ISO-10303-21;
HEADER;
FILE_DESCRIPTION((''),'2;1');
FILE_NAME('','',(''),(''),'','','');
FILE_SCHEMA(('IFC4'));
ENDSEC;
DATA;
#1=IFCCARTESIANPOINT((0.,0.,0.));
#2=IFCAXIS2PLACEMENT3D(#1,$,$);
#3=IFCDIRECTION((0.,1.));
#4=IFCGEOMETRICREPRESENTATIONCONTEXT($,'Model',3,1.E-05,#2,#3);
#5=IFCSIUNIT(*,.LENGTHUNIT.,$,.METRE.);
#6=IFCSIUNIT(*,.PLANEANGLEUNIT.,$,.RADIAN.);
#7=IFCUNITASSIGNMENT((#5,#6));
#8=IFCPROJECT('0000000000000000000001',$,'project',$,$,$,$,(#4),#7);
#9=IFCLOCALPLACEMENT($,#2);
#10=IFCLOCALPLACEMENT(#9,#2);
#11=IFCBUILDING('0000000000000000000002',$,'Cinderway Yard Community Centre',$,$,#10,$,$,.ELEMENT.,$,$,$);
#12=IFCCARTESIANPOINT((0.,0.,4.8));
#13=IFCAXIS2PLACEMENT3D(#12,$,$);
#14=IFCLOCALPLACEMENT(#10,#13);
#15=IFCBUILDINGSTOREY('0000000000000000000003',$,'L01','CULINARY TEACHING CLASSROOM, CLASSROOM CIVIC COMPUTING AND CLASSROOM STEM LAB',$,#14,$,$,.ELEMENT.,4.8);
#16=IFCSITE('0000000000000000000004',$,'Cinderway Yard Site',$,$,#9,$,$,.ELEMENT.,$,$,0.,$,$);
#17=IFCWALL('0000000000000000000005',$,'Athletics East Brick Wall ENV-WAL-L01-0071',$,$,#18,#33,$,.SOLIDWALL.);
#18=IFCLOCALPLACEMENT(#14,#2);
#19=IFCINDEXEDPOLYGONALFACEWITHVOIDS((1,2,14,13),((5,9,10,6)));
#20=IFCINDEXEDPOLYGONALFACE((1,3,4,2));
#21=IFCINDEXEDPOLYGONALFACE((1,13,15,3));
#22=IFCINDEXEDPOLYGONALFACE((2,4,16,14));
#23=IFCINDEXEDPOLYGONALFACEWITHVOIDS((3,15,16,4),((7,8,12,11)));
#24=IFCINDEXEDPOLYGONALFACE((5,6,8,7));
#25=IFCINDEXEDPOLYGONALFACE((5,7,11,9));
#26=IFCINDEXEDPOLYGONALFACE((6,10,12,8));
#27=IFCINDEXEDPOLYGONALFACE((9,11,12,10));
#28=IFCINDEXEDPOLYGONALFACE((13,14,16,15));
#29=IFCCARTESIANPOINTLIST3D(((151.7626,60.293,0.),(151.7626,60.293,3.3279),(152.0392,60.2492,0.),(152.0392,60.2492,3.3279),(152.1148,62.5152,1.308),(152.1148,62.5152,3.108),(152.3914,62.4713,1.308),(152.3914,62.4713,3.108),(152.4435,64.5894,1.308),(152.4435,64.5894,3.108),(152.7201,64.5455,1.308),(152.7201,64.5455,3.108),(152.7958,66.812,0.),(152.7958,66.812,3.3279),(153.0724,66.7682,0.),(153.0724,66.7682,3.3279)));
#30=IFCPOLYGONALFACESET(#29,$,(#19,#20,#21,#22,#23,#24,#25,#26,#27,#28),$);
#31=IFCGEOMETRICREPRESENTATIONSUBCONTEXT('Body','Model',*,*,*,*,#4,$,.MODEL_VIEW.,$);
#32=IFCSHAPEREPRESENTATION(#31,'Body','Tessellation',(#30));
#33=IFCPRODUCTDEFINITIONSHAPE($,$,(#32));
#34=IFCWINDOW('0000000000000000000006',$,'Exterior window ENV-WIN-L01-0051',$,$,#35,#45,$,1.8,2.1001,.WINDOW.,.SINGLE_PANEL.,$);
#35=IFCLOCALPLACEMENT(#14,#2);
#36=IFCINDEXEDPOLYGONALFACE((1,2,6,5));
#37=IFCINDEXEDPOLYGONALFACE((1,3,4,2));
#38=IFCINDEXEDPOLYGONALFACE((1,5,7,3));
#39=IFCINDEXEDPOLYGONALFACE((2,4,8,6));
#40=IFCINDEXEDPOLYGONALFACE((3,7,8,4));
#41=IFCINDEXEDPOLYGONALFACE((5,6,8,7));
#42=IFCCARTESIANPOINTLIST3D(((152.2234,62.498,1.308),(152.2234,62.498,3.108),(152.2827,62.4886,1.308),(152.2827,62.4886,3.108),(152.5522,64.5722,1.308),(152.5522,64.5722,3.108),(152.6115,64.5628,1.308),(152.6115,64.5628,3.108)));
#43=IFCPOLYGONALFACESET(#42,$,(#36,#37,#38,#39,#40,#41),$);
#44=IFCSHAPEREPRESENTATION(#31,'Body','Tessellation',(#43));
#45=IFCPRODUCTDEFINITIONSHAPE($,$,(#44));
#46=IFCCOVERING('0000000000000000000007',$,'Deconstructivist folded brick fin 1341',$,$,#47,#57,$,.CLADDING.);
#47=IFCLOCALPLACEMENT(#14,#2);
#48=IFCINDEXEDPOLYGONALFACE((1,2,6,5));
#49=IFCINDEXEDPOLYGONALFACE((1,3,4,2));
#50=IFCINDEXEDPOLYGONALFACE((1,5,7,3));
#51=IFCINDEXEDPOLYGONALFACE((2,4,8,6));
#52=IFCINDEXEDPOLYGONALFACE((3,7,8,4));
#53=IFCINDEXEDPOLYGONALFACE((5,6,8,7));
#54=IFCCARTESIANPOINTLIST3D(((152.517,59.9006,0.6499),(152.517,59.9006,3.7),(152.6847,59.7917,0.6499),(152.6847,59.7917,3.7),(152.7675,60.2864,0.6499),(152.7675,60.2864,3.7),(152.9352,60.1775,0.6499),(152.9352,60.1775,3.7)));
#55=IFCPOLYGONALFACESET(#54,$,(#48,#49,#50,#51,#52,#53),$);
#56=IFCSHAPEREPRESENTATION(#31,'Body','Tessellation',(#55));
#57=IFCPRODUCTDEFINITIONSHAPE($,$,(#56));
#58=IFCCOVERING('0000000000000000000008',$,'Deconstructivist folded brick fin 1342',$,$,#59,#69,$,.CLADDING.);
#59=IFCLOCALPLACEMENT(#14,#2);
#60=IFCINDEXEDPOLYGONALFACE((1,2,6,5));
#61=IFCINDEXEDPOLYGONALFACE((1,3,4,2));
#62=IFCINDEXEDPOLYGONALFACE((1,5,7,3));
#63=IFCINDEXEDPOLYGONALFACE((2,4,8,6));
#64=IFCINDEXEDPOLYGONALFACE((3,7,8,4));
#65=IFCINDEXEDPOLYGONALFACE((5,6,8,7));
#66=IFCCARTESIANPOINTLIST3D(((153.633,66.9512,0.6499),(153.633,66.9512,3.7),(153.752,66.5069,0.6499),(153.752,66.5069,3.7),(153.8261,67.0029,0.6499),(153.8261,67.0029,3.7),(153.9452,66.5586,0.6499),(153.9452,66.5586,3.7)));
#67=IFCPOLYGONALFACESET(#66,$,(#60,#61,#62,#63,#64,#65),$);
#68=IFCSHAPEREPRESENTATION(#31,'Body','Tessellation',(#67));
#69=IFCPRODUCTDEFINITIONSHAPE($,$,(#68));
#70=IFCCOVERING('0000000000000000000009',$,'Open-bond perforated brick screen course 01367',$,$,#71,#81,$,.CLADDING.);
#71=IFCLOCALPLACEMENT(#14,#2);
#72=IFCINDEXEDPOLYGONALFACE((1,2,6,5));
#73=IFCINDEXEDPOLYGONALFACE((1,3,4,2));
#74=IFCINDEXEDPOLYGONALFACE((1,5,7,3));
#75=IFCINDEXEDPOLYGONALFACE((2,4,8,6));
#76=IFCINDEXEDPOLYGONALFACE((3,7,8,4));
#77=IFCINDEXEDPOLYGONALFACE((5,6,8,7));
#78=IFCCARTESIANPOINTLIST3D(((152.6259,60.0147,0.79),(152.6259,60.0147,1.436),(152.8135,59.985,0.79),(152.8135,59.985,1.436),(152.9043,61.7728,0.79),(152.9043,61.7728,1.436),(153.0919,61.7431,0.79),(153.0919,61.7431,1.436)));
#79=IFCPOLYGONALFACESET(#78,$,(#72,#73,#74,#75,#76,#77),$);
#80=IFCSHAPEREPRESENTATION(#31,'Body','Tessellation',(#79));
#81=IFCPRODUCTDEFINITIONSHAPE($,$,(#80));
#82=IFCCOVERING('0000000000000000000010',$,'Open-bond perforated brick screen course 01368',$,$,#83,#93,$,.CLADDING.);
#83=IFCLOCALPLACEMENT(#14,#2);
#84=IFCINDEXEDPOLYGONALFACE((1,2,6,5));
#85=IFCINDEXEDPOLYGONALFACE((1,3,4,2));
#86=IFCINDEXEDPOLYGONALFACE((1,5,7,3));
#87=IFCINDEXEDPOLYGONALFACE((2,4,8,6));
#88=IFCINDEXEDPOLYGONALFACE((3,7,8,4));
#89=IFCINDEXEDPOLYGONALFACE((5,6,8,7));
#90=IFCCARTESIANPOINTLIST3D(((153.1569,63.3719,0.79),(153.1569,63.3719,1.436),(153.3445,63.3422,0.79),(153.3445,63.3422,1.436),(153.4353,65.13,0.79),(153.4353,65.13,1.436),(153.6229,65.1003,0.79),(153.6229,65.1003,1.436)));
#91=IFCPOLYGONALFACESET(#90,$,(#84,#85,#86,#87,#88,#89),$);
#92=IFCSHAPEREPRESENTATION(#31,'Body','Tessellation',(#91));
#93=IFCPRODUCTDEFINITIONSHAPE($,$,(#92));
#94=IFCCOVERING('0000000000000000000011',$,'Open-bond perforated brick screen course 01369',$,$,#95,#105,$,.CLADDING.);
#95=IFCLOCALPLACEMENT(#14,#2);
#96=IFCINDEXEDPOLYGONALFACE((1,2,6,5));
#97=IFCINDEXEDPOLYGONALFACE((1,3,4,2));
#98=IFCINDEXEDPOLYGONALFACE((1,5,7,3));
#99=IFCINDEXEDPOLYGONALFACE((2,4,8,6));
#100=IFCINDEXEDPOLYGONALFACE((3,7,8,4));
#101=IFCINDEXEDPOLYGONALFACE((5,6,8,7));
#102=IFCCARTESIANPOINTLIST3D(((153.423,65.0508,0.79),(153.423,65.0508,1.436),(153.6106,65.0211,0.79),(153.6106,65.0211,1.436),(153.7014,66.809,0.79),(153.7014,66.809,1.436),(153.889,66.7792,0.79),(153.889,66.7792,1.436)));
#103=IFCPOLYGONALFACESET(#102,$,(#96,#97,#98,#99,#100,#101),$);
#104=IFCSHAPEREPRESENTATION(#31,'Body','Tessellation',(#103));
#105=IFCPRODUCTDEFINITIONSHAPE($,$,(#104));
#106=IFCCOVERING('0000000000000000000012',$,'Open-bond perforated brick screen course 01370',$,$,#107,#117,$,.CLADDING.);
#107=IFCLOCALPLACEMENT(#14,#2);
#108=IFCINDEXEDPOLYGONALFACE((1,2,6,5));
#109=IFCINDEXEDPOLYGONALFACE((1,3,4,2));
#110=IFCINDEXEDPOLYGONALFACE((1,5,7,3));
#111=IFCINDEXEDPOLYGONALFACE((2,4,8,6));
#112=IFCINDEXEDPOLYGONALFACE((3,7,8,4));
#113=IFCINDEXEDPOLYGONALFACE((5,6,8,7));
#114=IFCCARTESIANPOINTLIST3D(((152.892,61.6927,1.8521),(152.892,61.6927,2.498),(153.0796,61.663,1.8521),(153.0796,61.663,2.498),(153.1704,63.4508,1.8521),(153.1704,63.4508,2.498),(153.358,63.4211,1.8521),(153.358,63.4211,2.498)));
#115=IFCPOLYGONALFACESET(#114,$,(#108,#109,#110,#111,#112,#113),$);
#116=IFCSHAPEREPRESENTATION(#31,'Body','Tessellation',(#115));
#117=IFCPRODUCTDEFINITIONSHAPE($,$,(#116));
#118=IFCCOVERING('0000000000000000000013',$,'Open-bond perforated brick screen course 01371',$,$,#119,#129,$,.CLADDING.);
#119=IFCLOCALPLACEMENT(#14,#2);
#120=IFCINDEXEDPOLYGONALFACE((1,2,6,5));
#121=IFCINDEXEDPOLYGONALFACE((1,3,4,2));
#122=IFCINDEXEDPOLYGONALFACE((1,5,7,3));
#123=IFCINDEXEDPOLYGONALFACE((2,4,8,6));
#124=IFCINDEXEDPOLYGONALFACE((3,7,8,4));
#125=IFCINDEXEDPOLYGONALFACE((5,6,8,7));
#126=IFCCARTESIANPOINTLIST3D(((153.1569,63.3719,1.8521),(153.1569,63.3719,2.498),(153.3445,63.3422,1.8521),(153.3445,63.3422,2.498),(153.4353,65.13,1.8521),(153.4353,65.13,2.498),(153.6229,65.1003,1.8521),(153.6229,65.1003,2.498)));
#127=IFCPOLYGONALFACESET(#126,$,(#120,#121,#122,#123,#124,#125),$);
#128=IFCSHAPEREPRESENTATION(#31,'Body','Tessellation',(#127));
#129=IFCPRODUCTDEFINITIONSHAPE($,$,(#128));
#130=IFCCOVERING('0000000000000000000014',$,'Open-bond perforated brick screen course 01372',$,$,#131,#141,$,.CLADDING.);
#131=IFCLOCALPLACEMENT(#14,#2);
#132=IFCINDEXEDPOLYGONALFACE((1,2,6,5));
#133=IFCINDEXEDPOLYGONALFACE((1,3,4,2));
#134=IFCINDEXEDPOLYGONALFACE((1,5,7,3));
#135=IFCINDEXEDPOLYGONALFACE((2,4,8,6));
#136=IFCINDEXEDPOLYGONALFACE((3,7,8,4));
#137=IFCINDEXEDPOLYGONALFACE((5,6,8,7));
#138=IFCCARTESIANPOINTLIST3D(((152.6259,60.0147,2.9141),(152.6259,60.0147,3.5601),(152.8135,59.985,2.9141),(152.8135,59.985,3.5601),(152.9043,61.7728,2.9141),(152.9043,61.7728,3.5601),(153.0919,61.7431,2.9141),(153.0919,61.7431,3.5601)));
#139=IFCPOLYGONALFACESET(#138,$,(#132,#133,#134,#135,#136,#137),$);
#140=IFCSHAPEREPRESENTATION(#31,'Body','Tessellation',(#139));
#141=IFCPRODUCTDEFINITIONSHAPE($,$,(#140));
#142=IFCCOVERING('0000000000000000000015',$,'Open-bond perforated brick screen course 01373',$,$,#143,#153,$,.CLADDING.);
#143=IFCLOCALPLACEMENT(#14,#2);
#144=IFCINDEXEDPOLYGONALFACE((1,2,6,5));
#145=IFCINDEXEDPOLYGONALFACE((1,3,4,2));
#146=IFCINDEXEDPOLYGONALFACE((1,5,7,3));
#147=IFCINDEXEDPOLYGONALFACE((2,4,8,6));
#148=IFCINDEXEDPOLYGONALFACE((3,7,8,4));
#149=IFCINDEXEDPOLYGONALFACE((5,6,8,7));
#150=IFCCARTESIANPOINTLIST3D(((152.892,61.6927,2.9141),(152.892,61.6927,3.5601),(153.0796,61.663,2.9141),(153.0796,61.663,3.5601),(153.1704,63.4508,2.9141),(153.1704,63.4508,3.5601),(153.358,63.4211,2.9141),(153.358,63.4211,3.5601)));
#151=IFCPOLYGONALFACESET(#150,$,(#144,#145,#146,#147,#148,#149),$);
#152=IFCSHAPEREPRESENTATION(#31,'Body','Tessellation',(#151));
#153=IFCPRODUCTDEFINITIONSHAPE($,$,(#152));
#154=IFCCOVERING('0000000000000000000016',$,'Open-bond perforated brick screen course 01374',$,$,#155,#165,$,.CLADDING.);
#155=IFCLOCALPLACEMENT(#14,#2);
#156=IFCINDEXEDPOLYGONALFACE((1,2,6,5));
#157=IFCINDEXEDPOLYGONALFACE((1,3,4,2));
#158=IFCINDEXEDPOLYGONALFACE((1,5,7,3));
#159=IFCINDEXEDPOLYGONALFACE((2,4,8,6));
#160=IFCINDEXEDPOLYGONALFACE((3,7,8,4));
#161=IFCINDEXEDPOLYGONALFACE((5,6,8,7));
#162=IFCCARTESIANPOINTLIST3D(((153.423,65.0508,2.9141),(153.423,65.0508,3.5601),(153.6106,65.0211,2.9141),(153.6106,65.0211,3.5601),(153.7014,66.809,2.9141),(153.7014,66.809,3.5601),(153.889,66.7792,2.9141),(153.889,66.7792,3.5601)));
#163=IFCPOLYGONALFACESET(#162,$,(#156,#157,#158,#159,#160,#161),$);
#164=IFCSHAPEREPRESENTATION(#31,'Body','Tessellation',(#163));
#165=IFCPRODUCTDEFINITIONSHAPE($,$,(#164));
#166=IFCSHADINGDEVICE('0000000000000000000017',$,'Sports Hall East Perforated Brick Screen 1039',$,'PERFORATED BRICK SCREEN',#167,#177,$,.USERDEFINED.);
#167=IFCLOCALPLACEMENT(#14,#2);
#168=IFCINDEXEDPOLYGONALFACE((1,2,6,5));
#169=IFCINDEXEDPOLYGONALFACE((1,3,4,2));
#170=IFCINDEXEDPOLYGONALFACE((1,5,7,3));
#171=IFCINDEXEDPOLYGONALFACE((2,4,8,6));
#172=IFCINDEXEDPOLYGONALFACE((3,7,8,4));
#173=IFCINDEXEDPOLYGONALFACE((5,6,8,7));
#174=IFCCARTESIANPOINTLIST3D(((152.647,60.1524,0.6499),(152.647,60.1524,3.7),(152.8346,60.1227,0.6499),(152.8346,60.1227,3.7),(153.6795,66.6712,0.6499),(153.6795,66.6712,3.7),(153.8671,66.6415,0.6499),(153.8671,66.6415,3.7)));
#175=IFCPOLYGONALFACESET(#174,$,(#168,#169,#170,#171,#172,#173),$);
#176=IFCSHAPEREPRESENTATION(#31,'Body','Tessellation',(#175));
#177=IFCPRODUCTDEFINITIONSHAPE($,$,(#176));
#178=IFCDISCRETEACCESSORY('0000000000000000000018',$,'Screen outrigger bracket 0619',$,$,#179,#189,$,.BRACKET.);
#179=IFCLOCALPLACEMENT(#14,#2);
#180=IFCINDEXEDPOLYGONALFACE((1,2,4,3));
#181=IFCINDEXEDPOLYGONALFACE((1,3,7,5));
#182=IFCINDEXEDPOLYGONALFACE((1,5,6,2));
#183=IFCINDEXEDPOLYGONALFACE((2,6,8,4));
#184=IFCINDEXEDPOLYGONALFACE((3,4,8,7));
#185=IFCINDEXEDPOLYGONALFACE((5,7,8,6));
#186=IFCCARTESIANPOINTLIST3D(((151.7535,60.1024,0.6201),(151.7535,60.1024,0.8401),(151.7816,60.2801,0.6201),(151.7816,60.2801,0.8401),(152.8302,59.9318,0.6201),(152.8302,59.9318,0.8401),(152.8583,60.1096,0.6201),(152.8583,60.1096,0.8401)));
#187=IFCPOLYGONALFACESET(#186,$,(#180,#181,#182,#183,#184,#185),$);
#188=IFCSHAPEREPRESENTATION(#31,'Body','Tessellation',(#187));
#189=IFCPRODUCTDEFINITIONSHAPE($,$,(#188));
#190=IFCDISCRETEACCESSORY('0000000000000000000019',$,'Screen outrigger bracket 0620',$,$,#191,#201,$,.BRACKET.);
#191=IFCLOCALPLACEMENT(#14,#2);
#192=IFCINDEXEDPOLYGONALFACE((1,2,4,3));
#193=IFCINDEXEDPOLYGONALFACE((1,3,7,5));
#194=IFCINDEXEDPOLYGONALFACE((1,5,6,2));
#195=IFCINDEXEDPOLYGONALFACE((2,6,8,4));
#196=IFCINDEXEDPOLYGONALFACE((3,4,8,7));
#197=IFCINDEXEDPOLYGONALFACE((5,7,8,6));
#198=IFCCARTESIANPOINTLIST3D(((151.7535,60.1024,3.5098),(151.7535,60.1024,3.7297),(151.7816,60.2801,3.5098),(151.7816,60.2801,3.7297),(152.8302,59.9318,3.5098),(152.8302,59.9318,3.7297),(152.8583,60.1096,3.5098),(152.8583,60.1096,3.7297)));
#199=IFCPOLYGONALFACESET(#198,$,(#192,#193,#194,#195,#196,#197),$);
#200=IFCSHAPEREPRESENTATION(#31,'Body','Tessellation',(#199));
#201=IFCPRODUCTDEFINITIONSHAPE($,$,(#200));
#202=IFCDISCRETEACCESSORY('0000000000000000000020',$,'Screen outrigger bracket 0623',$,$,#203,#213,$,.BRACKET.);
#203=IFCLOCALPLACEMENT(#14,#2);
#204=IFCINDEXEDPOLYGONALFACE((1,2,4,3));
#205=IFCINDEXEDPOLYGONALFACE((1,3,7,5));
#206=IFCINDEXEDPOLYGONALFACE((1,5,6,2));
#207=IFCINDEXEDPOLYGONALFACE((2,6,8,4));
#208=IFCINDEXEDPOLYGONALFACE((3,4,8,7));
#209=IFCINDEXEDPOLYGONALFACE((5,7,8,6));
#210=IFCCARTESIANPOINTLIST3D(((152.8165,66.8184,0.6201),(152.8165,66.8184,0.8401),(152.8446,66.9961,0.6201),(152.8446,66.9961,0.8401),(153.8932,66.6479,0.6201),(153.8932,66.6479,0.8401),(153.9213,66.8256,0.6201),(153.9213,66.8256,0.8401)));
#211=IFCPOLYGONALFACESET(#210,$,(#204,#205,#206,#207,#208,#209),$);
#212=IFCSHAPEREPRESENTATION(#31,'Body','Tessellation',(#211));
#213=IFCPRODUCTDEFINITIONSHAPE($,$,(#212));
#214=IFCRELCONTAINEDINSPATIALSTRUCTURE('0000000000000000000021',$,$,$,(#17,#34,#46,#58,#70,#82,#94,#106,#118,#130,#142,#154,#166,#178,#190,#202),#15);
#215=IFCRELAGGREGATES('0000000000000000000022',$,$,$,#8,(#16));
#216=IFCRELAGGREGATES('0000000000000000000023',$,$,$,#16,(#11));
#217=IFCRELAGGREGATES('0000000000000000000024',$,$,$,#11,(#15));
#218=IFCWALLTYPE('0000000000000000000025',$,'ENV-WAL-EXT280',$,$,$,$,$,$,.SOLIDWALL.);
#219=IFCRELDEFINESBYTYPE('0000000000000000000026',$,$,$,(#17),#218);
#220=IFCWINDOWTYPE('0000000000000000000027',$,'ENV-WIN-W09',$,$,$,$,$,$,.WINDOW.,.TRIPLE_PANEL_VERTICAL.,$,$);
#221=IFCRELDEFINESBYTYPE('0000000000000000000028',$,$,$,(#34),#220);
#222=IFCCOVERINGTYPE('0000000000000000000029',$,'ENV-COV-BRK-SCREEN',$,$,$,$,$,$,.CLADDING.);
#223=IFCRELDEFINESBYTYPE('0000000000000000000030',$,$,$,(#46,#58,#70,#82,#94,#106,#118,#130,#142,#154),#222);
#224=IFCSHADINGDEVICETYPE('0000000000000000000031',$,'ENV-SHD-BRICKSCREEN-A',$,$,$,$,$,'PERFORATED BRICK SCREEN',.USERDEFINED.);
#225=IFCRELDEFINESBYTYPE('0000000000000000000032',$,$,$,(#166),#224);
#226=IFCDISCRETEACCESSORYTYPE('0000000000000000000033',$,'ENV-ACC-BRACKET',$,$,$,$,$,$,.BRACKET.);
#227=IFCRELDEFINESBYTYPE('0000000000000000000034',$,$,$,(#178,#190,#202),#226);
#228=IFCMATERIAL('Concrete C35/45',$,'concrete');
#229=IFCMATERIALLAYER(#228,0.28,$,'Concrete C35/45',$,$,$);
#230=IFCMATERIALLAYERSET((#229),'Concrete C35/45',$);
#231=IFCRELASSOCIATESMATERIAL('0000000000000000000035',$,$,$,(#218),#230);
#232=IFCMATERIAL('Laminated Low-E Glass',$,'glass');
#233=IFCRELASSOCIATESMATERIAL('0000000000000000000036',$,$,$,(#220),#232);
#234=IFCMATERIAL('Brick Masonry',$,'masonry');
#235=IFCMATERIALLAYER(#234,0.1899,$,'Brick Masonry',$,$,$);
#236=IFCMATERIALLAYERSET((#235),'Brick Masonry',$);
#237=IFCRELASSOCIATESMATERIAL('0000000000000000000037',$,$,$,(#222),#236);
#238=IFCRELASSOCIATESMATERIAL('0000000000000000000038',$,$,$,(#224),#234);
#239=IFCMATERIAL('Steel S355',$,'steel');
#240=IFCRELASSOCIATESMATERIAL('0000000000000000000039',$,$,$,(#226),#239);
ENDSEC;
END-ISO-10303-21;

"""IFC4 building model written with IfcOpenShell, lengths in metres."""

from ifc_helpers import new_model, si_unit, direction, frame, frame_2d, origin, origin_2d, place, context, subcontext, project, spatial, rectangle, extrude, material, layer, layer_set, type_object, element, fill, save


model = new_model("IFC4")

# Units and contexts
model_context = context("Model", 3, precision=1e-05, world=origin(), true_north=direction((0.0, 1.0)))
body_context = subcontext(model_context, "Body", "Model", "MODEL_VIEW")
ifc_project = project(units=[si_unit("LENGTHUNIT", "METRE"), si_unit("PLANEANGLEUNIT", "RADIAN")], contexts=[model_context])

# Site, building, storey
site_placement = place(None, origin())
site = spatial("IfcSite", under=ifc_project, at=site_placement, Name="Cinderway Yard Site", CompositionType="ELEMENT", RefElevation=0.0)
building_placement = place(site_placement, origin())
building = spatial("IfcBuilding", under=site, at=building_placement, Name="Cinderway Yard Community Centre", CompositionType="ELEMENT")
storey_placement = place(building_placement, frame((0.0, 0.0, 4.8)))
storey = spatial("IfcBuildingStorey", under=building, at=storey_placement, Name="L01", Description="CULINARY TEACHING CLASSROOM, CLASSROOM CIVIC COMPUTING AND CLASSROOM STEM LAB", CompositionType="ELEMENT", Elevation=4.8)

# Shared definitions
ifc_material_1 = material(Name="Steel S355", Category="steel")

# Wall, opening, window
ifc_material_2 = material(Name="Concrete C35/45", Category="concrete")
ifc_layer_1 = layer(ifc_material_2, 0.28, Name="Concrete C35/45")
ifc_layer_set_1 = layer_set([ifc_layer_1], Name="Concrete C35/45")
wall_type = type_object("IfcWallType", Name="ENV-WAL-EXT280", PredefinedType="SOLIDWALL", material=ifc_layer_set_1)
wall_placement = place(storey_placement, frame((151.9009, 60.271, 0.0), z_axis=(0.0, 0.0, 1.0), x_axis=(0.156536, 0.987672, 0.0)))
wall = element("IfcWall", 1, at=wall_placement, inside=storey, type_object=wall_type, Name="Athletics East Brick Wall ENV-WAL-L01-0071", PredefinedType="SOLIDWALL", context=body_context, shape_type="SweptSolid", body=[
    extrude(rectangle(XDim=6.6003, YDim=0.28, at=frame_2d((3.3003, 0.0))), origin(), (0.0, 0.0, 1.0), 3.3279),
])
opening_placement = place(wall_placement, frame((2.25, 0.0, 1.3081)))
opening = element("IfcOpeningElement", 2, at=opening_placement, cuts=wall, PredefinedType="OPENING", context=body_context, shape_type="SweptSolid", body=[
    extrude(rectangle(XDim=2.1001, YDim=1.8, at=frame_2d((1.05, 0.8999))), frame((0.0, 0.1499, 0.0), z_axis=(0.0, -1.0, 0.0), x_axis=(1.0, 0.0, 0.0)), (0.0, 0.0, 1.0), 0.3),
])
ifc_material_3 = material(Name="Laminated Low-E Glass", Category="glass")
window_type = type_object("IfcWindowType", Name="ENV-WIN-W09", PartitioningType="TRIPLE_PANEL_VERTICAL", PredefinedType="WINDOW", material=ifc_material_3)
window_placement = place(opening_placement, origin())
window = element("IfcWindow", 3, at=window_placement, inside=storey, type_object=window_type, Name="Exterior window ENV-WIN-L01-0051", OverallHeight=1.8, OverallWidth=2.1001, PartitioningType="SINGLE_PANEL", PredefinedType="WINDOW", context=body_context, shape_type="SweptSolid", body=[
    extrude(rectangle(XDim=2.1001, YDim=1.8, at=frame_2d((1.05, 0.8999))), frame((0.0, 0.03, 0.0), z_axis=(0.0, -1.0, 0.0), x_axis=(1.0, 0.0, 0.0)), (0.0, 0.0, 1.0), 0.0601),
])
fill(opening, window)

# Coverings
ifc_material_4 = material(Name="Brick Masonry", Category="masonry")
ifc_layer_2 = layer(ifc_material_4, 0.1899, Name="Brick Masonry")
ifc_layer_set_2 = layer_set([ifc_layer_2], Name="Brick Masonry")
covering_type = type_object("IfcCoveringType", Name="ENV-COV-BRK-SCREEN", PredefinedType="CLADDING", material=ifc_layer_set_2)
for number, where, z_axis, x_axis, name in (
    (4, (152.7261, 60.0391, 0.6499), (0.0, 0.0, 1.0), (-0.544639, -0.838671, 0.0), "Deconstructivist folded brick fin 1341"),
    (5, (153.7891, 66.7549, 0.6499), (0.0, 0.0, 1.0), (0.258819, -0.965926, 0.0), "Deconstructivist folded brick fin 1342"),
):
    element("IfcCovering", number, at=place(storey_placement, frame(where, z_axis=z_axis, x_axis=x_axis)), inside=storey, type_object=covering_type, Name=name, PredefinedType="CLADDING", context=body_context, shape_type="SweptSolid", body=[
        extrude(rectangle(XDim=0.46, YDim=0.2, at=origin_2d()), origin(), (0.0, 0.0, 1.0), 3.05),
    ])
for number, where, z_axis, x_axis, name in (
    (6, (152.8589, 60.8789, 0.79), (0.0, 0.0, 1.0), (-0.156434, -0.987688, 0.0), "Open-bond perforated brick screen course 01367"),
    (7, (153.3899, 64.2361, 0.79), (0.0, 0.0, 1.0), (-0.156434, -0.987688, 0.0), "Open-bond perforated brick screen course 01368"),
    (8, (153.656, 65.915, 0.79), (0.0, 0.0, 1.0), (-0.156434, -0.987688, 0.0), "Open-bond perforated brick screen course 01369"),
    (9, (153.125, 62.5569, 1.8521), (0.0, 0.0, 1.0), (-0.156434, -0.987688, 0.0), "Open-bond perforated brick screen course 01370"),
    (10, (153.3899, 64.2361, 1.8521), (0.0, 0.0, 1.0), (-0.156434, -0.987688, 0.0), "Open-bond perforated brick screen course 01371"),
    (11, (152.8589, 60.8789, 2.9141), (0.0, 0.0, 1.0), (-0.156434, -0.987688, 0.0), "Open-bond perforated brick screen course 01372"),
    (12, (153.125, 62.5569, 2.9141), (0.0, 0.0, 1.0), (-0.156434, -0.987688, 0.0), "Open-bond perforated brick screen course 01373"),
    (13, (153.656, 65.915, 2.9141), (0.0, 0.0, 1.0), (-0.156434, -0.987688, 0.0), "Open-bond perforated brick screen course 01374"),
):
    element("IfcCovering", number, at=place(storey_placement, frame(where, z_axis=z_axis, x_axis=x_axis)), inside=storey, type_object=covering_type, Name=name, PredefinedType="CLADDING", context=body_context, shape_type="SweptSolid", body=[
        extrude(rectangle(XDim=1.78, YDim=0.1899, at=origin_2d()), origin(), (0.0, 0.0, 1.0), 0.646),
    ])

# Shading device
shading_device_type = type_object("IfcShadingDeviceType", Name="ENV-SHD-BRICKSCREEN-A", ElementType="PERFORATED BRICK SCREEN", PredefinedType="USERDEFINED", material=ifc_material_4)
shading_device_placement = place(storey_placement, frame((153.2571, 63.397, 0.6499), z_axis=(0.0, 0.0, 1.0), x_axis=(-0.156434, -0.987688, 0.0)))
element("IfcShadingDevice", 14, at=shading_device_placement, inside=storey, type_object=shading_device_type, Name="Sports Hall East Perforated Brick Screen 1039", ObjectType="PERFORATED BRICK SCREEN", PredefinedType="USERDEFINED", context=body_context, shape_type="SweptSolid", body=[
    extrude(rectangle(XDim=6.6001, YDim=0.1899, at=origin_2d()), origin(), (0.0, 0.0, 1.0), 3.05),
])

# Discrete accessories
discrete_accessory_type = type_object("IfcDiscreteAccessoryType", Name="ENV-ACC-BRACKET", PredefinedType="BRACKET", material=ifc_material_1)
for number, where, z_axis, x_axis, name in (
    (15, (152.3059, 60.106, 0.6201), (0.0, 0.0, 1.0), (0.987688, -0.156434, 0.0), "Screen outrigger bracket 0619"),
    (16, (152.3059, 60.106, 3.5098), (0.0, 0.0, 1.0), (0.987688, -0.156434, 0.0), "Screen outrigger bracket 0620"),
    (17, (153.3689, 66.822, 0.6201), (0.0, 0.0, 1.0), (0.987688, -0.156434, 0.0), "Screen outrigger bracket 0623"),
):
    element("IfcDiscreteAccessory", number, at=place(storey_placement, frame(where, z_axis=z_axis, x_axis=x_axis)), inside=storey, type_object=discrete_accessory_type, Name=name, PredefinedType="BRACKET", context=body_context, shape_type="SweptSolid", body=[
        extrude(rectangle(XDim=1.0901, YDim=0.1799, at=origin_2d()), origin(), (0.0, 0.0, 1.0), 0.22),
    ])

save(model, "model.ifc")
